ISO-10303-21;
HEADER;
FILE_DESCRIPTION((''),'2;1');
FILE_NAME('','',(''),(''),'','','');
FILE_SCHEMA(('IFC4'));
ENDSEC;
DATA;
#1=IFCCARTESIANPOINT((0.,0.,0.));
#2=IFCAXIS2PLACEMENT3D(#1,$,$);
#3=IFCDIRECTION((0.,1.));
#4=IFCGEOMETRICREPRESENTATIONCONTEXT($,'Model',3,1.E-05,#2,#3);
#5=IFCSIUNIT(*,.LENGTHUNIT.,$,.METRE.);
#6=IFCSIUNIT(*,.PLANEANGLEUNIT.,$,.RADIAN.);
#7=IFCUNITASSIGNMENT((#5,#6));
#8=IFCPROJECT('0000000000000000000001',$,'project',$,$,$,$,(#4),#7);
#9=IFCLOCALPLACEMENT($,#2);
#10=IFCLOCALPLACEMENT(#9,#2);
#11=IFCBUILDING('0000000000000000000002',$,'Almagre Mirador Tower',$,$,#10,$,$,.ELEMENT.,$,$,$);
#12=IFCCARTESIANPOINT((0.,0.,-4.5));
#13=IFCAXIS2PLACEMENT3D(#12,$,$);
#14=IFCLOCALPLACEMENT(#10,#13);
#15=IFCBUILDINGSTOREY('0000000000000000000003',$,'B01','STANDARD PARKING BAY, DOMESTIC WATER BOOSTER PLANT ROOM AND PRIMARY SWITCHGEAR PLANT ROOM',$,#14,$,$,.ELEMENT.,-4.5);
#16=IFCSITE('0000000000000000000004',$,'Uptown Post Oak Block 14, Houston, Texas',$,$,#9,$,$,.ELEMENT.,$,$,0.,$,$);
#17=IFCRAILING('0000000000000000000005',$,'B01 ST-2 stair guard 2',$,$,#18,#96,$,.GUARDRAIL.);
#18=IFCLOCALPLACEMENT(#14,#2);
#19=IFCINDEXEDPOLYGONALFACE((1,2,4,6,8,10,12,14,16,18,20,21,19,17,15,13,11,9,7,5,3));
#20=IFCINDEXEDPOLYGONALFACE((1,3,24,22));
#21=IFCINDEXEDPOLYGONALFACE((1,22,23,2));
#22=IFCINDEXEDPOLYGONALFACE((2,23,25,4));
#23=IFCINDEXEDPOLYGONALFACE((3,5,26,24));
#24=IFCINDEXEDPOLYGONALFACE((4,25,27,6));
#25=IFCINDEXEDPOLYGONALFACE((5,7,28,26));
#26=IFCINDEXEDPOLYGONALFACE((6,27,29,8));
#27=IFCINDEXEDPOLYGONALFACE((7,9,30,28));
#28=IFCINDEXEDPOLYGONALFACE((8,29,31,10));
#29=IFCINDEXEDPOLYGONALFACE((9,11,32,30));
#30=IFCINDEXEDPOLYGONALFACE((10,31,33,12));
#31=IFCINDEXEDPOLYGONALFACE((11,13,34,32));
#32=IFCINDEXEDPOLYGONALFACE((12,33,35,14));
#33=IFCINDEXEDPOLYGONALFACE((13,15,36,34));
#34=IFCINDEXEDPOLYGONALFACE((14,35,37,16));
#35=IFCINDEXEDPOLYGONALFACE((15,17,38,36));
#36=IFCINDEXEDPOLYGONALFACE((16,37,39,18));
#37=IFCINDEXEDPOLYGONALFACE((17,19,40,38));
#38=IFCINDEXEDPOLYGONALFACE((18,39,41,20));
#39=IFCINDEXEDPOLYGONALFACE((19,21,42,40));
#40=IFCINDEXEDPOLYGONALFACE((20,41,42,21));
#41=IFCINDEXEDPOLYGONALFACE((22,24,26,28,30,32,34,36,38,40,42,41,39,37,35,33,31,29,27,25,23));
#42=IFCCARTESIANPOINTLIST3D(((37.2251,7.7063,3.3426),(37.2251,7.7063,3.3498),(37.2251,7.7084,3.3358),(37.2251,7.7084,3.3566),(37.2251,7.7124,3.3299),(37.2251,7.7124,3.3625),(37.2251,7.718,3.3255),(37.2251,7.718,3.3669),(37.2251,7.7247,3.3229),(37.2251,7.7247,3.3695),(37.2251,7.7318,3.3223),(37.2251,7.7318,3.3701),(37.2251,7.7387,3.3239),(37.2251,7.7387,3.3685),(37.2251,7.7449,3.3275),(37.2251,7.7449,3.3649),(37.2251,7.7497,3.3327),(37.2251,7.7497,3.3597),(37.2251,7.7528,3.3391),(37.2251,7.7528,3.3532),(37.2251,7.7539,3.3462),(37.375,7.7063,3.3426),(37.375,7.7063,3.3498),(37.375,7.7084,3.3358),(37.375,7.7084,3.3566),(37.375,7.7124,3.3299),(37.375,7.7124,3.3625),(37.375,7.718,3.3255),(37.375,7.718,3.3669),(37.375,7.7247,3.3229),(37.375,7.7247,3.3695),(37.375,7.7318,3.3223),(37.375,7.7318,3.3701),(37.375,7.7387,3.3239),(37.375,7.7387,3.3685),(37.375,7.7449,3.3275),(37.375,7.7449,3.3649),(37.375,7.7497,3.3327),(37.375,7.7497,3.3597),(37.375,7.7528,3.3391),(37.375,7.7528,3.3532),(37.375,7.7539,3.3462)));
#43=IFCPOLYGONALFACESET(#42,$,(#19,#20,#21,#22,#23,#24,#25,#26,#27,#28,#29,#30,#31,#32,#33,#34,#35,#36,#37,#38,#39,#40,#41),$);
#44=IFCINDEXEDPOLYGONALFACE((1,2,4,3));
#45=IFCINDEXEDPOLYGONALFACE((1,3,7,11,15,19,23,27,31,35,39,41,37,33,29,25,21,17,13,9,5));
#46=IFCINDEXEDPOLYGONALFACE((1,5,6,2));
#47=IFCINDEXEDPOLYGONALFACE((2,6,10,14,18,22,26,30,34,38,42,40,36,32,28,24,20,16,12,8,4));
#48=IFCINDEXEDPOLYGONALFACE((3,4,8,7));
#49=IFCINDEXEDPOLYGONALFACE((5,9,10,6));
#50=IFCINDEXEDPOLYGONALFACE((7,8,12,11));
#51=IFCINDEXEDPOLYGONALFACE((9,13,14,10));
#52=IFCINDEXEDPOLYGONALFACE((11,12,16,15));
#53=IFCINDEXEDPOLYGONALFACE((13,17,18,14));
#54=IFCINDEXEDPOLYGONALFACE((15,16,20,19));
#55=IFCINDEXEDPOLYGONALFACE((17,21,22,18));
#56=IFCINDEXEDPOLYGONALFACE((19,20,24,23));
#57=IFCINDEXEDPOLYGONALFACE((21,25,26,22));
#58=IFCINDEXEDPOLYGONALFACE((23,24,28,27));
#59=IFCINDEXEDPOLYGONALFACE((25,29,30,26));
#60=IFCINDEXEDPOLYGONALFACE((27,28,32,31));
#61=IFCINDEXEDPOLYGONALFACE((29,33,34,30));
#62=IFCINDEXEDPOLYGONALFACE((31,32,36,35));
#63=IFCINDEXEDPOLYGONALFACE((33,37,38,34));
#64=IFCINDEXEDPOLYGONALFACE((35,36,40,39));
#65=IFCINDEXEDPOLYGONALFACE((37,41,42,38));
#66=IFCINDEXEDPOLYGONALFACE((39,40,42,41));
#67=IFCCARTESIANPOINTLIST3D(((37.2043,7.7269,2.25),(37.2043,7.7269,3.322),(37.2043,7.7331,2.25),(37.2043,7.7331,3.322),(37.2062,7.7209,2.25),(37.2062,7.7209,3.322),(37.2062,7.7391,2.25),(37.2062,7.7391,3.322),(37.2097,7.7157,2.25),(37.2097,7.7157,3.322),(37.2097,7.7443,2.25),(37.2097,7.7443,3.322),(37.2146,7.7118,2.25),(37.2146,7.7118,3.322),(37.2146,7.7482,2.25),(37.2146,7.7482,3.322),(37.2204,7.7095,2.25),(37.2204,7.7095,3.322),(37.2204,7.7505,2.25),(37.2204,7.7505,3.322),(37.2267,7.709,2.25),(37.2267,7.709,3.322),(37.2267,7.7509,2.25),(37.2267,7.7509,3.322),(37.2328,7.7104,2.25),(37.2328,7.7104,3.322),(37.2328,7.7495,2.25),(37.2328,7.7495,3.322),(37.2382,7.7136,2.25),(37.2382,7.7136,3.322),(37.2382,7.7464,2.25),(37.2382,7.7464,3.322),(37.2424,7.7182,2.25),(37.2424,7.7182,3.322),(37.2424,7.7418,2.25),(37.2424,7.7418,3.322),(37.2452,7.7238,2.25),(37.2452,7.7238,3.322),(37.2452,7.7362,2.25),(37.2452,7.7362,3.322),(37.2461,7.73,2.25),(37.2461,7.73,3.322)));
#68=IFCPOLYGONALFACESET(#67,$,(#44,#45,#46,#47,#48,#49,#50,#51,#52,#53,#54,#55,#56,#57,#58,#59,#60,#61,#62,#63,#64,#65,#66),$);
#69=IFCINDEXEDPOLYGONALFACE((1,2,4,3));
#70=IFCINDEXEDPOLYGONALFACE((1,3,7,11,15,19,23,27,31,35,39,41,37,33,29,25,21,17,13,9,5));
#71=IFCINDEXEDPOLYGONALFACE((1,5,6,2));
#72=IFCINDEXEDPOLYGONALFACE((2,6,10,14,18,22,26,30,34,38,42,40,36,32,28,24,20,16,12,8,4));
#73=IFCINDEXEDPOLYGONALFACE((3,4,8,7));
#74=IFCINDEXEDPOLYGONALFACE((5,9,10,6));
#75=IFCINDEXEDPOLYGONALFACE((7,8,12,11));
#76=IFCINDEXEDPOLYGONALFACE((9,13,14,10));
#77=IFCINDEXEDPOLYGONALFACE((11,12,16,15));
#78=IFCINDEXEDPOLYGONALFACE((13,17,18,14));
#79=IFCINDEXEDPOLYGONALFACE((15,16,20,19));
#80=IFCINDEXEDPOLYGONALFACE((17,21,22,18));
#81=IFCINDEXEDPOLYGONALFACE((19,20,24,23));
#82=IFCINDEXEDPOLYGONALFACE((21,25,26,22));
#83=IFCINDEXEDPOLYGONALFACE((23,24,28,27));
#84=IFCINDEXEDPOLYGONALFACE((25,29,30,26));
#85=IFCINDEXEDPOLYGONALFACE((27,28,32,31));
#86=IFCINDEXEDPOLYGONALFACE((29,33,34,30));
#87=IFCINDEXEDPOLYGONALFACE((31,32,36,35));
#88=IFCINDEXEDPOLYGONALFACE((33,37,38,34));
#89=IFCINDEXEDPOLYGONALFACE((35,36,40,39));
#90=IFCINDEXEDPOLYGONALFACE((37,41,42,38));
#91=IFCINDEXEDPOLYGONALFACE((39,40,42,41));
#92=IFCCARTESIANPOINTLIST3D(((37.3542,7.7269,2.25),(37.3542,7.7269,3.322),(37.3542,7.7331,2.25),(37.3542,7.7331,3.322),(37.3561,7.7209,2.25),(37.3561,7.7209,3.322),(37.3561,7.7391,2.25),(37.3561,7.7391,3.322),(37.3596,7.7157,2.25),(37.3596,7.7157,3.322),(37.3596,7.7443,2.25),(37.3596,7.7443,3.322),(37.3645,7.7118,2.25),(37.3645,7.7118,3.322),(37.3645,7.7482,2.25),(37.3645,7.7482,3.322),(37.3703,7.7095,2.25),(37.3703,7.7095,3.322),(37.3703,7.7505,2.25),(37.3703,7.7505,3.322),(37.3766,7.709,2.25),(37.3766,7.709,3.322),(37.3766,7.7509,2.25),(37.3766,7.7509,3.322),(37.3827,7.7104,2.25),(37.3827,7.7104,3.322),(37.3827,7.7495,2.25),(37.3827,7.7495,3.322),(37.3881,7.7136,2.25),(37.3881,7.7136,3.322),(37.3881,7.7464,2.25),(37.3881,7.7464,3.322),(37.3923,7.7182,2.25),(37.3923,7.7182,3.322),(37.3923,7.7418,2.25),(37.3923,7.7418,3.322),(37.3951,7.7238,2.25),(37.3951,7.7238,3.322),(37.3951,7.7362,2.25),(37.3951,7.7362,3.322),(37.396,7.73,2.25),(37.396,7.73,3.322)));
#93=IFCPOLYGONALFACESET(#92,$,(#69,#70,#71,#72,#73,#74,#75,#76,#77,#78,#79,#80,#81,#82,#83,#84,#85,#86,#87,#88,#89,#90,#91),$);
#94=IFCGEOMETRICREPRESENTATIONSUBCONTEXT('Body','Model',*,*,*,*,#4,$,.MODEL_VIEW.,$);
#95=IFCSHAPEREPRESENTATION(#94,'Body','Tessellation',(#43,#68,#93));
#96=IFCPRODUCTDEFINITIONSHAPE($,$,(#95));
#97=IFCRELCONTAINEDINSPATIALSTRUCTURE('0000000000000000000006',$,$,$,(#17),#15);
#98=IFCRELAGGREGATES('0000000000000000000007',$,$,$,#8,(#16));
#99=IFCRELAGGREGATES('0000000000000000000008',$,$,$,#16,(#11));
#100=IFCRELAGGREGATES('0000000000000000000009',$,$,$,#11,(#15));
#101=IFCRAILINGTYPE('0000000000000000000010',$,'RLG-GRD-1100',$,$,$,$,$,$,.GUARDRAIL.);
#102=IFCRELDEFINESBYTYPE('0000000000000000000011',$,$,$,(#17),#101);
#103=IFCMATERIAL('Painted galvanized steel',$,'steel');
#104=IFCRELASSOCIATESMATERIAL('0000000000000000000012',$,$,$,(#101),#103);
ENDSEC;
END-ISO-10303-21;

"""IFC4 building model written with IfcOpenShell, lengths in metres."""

from ifc_helpers import new_model, si_unit, direction, frame, origin, origin_2d, place, context, subcontext, project, spatial, circle, extrude, material, type_object, element, save


model = new_model("IFC4")

# Units and contexts
model_context = context("Model", 3, precision=1e-05, world=origin(), true_north=direction((0.0, 1.0)))
body_context = subcontext(model_context, "Body", "Model", "MODEL_VIEW")
ifc_project = project(units=[si_unit("LENGTHUNIT", "METRE"), si_unit("PLANEANGLEUNIT", "RADIAN")], contexts=[model_context])

# Site, building, storey
site_placement = place(None, origin())
site = spatial("IfcSite", under=ifc_project, at=site_placement, Name="Uptown Post Oak Block 14, Houston, Texas", CompositionType="ELEMENT", RefElevation=0.0)
building_placement = place(site_placement, origin())
building = spatial("IfcBuilding", under=site, at=building_placement, Name="Almagre Mirador Tower", CompositionType="ELEMENT")
storey_placement = place(building_placement, frame((0.0, 0.0, -4.5)))
storey = spatial("IfcBuildingStorey", under=building, at=storey_placement, Name="B01", Description="STANDARD PARKING BAY, DOMESTIC WATER BOOSTER PLANT ROOM AND PRIMARY SWITCHGEAR PLANT ROOM", CompositionType="ELEMENT", Elevation=-4.5)

# Railing
ifc_material_1 = material(Name="Painted galvanized steel", Category="steel")
railing_type_1 = type_object("IfcRailingType", Name="RLG-GRD-1100", PredefinedType="GUARDRAIL", material=ifc_material_1)
railing_1_placement = place(storey_placement, frame((37.2251, 7.73, 2.25)))
element("IfcRailing", 1, at=railing_1_placement, inside=storey, type_object=railing_type_1, Name="B01 ST-2 stair guard 2", PredefinedType="GUARDRAIL", context=body_context, shape_type="SweptSolid", body=[
    extrude(circle(Radius=0.0239, at=origin_2d()), frame((0.0, 0.0, 1.0962), z_axis=(1.0, 0.0, 0.0), x_axis=(0.0, 1.0, 0.0)), (0.0, 0.0, 1.0), 0.1499),
    extrude(circle(Radius=0.021, at=origin_2d()), origin(), (0.0, 0.0, 1.0), 1.072),
    extrude(circle(Radius=0.021, at=origin_2d()), frame((0.1499, 0.0, 0.0)), (0.0, 0.0, 1.0), 1.072),
])

save(model, "model.ifc")
